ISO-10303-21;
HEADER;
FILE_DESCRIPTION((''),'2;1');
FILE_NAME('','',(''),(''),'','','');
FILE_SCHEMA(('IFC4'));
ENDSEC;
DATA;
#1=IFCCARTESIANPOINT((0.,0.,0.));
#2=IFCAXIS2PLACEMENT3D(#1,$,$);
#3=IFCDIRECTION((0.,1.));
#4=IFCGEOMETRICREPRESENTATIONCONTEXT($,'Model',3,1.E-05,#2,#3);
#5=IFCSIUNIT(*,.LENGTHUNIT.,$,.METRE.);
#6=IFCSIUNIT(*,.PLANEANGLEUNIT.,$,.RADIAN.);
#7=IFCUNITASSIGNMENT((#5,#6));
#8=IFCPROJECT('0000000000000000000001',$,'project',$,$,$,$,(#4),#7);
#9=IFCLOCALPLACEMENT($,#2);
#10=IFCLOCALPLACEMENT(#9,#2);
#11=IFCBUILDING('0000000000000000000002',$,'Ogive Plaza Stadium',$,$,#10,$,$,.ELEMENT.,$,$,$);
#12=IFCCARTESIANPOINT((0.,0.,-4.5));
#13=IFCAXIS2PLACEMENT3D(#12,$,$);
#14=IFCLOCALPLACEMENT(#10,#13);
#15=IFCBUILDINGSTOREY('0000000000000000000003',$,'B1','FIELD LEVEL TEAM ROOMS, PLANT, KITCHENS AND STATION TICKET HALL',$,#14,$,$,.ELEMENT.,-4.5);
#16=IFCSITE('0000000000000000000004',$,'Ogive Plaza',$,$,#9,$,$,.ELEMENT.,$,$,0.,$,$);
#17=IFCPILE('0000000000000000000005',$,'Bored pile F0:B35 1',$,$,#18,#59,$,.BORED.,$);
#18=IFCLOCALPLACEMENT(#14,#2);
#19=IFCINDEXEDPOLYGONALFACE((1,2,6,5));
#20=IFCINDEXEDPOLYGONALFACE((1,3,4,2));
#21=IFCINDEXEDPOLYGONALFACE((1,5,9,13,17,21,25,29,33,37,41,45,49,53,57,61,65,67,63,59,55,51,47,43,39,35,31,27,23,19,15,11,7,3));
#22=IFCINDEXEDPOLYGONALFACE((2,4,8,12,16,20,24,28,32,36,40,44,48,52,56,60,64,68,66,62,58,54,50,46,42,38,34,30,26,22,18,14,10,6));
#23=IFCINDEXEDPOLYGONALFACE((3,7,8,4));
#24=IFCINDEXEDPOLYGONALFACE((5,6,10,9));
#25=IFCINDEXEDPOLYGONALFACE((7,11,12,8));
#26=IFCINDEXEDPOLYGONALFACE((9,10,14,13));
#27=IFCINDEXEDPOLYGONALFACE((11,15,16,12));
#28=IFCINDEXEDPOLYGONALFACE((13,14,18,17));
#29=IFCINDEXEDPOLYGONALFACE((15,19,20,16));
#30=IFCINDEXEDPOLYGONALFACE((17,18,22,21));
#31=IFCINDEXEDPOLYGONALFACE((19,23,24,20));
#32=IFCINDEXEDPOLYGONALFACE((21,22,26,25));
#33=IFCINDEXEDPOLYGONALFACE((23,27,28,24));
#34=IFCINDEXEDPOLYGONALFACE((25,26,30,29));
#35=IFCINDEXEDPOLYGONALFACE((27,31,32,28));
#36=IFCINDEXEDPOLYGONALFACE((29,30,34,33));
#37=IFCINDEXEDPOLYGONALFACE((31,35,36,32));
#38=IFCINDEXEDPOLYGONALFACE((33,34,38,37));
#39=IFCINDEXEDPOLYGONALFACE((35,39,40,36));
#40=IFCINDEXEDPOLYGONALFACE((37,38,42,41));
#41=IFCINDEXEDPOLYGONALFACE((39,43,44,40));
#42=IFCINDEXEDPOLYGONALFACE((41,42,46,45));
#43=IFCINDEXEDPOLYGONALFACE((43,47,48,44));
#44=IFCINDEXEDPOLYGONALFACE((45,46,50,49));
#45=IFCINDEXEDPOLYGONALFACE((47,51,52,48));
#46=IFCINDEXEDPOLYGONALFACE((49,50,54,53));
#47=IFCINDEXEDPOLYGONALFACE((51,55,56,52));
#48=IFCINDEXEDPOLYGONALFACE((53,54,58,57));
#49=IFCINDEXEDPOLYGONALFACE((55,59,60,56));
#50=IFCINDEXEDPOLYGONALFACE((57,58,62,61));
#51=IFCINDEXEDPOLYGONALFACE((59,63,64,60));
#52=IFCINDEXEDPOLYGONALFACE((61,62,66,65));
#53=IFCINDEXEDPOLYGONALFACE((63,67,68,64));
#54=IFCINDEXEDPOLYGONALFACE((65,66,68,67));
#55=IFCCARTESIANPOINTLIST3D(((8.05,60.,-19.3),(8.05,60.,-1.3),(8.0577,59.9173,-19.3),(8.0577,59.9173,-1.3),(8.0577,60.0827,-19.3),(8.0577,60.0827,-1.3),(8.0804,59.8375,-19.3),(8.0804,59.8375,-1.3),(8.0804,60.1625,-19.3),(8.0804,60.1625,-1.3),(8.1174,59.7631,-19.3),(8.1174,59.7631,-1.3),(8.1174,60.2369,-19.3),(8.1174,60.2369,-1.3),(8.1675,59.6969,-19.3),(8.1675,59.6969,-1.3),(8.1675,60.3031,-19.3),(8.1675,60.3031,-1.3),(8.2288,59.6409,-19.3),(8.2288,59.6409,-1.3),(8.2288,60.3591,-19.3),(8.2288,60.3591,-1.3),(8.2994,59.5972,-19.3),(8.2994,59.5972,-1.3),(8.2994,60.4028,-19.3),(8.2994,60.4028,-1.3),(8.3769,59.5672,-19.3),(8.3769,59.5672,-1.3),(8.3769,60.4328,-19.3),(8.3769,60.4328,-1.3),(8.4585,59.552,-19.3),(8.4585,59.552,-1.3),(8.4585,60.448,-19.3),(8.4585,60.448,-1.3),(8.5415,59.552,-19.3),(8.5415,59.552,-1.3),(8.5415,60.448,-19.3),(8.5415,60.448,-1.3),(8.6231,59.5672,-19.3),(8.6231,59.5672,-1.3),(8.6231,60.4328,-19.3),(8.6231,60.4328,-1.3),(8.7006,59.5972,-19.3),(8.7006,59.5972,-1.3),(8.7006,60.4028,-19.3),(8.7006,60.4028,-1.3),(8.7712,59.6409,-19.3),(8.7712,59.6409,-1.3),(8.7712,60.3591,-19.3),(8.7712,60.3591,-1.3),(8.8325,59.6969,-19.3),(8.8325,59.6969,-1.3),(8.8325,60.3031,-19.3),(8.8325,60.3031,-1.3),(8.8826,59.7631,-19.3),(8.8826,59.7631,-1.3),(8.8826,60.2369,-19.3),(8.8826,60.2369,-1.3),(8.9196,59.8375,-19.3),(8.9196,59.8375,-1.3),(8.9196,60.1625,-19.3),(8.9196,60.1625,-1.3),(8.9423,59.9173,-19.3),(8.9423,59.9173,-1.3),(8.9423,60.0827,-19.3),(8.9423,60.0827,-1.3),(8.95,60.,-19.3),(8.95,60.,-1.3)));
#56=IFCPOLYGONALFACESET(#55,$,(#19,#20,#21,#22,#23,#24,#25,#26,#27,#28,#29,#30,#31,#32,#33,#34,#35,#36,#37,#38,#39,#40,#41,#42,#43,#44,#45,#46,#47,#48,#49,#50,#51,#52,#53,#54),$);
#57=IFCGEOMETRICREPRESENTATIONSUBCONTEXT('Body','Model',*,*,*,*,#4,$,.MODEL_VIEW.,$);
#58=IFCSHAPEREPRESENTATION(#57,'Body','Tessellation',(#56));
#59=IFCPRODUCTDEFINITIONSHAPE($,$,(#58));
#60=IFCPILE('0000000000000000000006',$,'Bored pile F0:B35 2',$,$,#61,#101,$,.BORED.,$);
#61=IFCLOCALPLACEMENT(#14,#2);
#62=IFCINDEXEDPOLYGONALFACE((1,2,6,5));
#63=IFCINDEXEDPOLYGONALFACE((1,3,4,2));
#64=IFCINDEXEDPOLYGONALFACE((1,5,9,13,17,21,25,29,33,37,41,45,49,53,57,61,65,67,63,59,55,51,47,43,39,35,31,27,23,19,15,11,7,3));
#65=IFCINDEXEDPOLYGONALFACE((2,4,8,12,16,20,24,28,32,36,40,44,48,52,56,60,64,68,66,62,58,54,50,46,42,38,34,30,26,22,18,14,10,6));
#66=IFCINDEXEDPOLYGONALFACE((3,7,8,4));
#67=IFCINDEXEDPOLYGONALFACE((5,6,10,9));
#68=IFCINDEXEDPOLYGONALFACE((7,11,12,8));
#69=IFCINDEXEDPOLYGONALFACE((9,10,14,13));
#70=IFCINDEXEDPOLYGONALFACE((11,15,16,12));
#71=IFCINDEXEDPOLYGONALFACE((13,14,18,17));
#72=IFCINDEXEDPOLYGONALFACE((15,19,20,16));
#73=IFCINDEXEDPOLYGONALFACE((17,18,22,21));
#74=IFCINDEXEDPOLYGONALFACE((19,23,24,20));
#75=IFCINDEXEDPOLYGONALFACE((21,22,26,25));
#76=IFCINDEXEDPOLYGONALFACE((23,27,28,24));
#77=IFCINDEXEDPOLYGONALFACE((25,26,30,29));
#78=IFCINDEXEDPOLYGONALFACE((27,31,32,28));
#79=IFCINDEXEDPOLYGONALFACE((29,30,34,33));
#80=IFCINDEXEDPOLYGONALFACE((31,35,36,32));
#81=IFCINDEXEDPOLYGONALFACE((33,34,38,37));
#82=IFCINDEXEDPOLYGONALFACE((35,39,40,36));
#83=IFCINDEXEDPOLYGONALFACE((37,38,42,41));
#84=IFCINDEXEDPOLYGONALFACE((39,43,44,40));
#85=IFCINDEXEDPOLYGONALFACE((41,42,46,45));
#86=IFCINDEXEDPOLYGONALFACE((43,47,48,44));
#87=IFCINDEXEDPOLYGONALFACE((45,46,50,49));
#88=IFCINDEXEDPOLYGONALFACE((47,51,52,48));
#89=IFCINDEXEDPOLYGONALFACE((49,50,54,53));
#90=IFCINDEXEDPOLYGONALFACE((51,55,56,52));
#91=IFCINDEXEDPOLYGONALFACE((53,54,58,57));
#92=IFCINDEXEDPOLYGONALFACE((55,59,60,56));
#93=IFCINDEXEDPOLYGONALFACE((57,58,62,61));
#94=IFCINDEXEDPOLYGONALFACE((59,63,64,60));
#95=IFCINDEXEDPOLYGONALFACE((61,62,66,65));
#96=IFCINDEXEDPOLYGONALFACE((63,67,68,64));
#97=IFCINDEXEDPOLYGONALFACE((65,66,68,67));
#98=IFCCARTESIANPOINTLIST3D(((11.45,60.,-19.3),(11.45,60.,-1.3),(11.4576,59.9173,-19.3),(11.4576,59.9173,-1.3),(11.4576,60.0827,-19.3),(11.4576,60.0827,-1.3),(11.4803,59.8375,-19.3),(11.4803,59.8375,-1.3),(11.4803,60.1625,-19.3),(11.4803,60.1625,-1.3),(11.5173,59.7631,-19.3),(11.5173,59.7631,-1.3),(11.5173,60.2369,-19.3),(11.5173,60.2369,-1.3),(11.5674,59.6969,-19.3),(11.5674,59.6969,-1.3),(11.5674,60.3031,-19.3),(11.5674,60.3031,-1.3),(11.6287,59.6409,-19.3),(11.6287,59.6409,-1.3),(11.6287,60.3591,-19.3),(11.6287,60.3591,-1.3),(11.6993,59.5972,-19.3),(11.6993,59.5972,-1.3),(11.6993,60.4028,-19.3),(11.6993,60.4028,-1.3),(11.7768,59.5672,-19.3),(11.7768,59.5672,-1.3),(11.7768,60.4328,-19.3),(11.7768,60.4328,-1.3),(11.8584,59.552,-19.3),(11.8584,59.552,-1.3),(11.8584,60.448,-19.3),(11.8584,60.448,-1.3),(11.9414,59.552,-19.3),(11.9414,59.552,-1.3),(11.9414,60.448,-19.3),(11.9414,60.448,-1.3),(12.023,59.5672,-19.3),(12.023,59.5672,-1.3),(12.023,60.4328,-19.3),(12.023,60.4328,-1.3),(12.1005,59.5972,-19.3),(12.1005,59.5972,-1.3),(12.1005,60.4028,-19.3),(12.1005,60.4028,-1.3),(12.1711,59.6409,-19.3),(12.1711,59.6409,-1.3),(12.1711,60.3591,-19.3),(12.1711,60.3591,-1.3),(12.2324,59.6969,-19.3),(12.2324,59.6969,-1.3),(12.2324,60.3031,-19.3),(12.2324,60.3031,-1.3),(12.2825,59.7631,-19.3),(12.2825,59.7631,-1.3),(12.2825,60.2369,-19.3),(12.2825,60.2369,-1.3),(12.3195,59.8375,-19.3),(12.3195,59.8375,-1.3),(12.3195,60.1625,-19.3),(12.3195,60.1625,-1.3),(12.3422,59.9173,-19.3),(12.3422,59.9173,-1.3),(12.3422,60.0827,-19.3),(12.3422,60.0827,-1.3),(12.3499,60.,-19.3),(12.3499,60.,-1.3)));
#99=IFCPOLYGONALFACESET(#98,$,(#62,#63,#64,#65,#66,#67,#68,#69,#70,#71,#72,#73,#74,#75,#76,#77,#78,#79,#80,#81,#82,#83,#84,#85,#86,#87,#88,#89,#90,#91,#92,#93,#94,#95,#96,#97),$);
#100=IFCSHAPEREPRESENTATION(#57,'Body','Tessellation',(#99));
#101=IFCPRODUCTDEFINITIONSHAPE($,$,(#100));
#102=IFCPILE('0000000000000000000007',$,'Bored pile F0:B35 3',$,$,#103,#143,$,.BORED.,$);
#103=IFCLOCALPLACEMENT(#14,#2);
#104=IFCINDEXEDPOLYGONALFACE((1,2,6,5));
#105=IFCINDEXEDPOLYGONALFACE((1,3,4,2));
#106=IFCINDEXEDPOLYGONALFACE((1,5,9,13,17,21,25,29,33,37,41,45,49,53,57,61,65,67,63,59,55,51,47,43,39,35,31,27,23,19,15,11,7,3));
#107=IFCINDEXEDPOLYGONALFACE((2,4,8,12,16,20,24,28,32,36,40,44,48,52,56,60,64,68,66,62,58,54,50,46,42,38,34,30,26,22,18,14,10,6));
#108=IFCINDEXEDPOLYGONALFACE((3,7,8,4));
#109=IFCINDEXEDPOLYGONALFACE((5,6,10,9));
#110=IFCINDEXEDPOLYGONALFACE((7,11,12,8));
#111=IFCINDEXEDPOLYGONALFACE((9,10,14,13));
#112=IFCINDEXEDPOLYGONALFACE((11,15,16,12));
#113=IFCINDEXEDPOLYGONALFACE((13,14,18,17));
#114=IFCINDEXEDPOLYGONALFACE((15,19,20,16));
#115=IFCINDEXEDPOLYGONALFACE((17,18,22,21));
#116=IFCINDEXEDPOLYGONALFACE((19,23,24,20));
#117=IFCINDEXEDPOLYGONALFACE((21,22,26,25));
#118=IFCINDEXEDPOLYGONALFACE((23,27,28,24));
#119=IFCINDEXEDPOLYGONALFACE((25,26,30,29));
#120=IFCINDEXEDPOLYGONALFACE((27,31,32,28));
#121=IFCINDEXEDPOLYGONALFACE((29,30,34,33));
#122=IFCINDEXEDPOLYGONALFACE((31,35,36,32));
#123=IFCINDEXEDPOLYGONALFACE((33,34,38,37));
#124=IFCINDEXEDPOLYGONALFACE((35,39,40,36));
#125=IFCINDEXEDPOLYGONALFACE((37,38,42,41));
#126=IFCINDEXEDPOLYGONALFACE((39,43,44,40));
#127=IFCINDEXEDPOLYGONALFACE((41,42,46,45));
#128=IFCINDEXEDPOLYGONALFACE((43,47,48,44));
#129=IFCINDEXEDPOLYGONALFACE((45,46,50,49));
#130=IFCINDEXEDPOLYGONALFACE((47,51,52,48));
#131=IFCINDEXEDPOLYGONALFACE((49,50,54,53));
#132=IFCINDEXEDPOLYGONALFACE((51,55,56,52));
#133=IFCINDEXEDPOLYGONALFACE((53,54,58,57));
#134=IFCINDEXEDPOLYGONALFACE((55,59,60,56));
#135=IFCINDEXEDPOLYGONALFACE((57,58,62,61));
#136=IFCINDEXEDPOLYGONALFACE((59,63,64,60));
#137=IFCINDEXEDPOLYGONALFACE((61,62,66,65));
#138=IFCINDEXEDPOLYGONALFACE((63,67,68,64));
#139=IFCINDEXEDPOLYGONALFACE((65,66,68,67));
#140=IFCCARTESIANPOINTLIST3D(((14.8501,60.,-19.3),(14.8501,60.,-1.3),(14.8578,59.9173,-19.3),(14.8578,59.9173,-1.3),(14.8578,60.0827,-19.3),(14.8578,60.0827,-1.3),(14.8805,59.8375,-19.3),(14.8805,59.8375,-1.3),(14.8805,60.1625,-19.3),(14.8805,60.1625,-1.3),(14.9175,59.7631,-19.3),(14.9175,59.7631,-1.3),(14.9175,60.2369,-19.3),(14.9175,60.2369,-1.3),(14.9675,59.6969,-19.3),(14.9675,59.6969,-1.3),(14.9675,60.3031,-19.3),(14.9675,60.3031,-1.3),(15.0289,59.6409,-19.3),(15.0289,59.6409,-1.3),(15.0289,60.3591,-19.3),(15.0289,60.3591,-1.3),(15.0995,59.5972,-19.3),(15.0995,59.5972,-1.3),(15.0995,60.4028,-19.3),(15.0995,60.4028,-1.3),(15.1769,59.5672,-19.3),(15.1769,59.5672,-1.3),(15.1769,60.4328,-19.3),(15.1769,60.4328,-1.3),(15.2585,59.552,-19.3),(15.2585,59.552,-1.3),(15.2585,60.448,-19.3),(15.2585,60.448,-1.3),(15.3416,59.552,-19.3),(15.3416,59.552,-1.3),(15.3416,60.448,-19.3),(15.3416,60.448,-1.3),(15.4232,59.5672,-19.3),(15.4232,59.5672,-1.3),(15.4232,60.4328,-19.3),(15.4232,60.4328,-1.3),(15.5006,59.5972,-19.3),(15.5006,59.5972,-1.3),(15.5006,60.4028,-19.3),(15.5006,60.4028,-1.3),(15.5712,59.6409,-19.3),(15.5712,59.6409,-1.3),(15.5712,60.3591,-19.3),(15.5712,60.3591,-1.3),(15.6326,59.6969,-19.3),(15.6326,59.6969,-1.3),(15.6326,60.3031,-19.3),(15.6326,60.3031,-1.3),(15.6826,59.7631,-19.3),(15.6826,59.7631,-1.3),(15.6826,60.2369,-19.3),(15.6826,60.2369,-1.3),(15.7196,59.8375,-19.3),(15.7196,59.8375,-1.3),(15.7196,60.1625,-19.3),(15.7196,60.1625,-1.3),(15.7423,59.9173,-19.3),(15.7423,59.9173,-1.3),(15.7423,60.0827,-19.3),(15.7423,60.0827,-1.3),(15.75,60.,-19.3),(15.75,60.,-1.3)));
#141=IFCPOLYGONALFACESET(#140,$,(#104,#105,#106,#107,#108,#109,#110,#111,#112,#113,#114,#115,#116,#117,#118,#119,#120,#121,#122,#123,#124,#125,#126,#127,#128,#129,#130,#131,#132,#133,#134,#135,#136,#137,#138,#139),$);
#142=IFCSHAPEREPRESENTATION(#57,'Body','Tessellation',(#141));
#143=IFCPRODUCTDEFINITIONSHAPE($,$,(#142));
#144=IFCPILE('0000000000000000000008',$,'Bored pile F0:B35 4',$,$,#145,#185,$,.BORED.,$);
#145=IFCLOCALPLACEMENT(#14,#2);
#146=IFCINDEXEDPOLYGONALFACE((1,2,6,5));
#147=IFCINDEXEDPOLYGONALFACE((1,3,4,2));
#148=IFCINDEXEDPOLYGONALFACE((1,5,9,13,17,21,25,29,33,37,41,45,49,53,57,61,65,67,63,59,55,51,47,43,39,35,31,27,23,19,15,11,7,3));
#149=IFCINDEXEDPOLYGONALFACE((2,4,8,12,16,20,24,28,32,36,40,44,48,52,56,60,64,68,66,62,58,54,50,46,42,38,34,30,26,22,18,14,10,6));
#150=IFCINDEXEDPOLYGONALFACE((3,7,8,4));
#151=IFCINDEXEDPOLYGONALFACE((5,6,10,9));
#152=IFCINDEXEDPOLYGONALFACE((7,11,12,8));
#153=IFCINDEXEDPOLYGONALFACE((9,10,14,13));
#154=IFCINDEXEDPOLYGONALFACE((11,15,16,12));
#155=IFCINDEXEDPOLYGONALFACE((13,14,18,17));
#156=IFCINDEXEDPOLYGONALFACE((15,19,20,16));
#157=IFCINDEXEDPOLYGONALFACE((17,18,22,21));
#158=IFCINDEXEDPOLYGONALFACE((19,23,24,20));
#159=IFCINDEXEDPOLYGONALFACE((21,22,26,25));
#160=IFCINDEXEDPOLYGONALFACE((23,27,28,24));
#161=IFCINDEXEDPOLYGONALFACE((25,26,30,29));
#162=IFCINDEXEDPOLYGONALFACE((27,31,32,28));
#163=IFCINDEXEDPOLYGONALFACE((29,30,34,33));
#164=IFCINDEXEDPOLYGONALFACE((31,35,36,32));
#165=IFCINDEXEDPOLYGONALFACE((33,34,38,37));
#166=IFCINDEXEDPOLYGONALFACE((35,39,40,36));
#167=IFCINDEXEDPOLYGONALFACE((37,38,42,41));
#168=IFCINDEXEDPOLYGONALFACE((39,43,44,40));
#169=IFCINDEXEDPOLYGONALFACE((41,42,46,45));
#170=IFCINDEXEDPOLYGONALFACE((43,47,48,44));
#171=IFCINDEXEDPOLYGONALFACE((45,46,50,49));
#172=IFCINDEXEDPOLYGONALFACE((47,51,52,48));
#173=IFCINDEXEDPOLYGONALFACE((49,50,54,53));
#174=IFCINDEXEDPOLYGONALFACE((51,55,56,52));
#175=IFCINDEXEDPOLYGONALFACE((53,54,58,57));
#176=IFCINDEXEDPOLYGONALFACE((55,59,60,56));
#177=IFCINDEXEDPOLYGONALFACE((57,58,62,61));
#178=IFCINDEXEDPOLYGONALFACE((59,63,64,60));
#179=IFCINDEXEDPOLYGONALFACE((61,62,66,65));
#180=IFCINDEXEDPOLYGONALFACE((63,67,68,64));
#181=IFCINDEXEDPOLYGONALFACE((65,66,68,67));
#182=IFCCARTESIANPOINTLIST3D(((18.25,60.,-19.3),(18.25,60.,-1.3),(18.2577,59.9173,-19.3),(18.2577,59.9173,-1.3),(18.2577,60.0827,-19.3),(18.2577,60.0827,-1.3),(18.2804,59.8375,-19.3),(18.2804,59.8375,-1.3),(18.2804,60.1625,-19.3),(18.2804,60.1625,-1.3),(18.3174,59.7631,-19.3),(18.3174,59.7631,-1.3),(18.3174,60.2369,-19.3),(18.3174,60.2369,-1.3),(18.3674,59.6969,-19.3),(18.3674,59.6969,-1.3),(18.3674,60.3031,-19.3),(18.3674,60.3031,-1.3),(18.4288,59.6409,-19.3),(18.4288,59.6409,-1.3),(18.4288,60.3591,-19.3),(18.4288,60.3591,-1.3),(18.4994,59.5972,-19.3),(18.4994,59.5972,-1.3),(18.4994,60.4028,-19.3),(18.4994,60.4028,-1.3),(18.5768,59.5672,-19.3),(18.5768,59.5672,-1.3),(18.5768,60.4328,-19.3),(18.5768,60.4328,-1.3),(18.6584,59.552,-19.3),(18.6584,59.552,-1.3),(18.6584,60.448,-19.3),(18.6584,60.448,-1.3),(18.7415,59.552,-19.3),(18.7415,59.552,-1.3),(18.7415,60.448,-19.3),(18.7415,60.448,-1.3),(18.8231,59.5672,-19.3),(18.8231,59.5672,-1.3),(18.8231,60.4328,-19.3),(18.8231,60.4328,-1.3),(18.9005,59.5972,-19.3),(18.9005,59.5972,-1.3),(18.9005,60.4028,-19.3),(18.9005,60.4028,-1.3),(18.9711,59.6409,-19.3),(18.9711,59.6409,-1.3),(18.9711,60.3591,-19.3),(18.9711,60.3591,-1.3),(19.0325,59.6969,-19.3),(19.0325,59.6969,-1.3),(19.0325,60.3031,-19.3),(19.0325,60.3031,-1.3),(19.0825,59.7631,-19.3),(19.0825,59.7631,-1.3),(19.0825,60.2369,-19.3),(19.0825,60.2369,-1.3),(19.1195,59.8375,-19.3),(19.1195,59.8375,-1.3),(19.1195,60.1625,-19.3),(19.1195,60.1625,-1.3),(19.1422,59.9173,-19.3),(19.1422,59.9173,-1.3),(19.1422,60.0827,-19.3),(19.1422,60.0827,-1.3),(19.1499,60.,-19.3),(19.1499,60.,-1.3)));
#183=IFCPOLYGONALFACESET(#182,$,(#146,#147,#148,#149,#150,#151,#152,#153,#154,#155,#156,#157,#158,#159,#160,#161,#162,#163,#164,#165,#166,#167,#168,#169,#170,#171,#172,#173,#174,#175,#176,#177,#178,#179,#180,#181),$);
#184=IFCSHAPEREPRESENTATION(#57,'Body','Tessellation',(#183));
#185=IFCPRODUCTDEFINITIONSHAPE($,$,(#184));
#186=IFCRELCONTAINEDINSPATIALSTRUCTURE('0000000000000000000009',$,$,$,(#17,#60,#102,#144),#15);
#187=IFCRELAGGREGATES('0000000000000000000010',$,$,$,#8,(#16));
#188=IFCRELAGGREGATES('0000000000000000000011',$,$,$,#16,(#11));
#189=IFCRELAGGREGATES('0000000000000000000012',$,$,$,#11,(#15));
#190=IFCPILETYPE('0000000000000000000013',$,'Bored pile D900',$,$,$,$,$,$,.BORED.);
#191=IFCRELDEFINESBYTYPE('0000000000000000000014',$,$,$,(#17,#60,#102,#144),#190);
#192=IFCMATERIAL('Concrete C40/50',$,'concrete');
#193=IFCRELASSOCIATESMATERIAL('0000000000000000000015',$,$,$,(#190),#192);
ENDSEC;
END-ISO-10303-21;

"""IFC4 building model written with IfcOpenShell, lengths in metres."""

from ifc_helpers import new_model, si_unit, direction, frame, origin, origin_2d, place, context, subcontext, project, spatial, circle, extrude, material, material_profile, profile_set, type_object, element, save


model = new_model("IFC4")

# Units and contexts
model_context = context("Model", 3, precision=1e-05, world=origin(), true_north=direction((0.0, 1.0)))
body_context = subcontext(model_context, "Body", "Model", "MODEL_VIEW")
ifc_project = project(units=[si_unit("LENGTHUNIT", "METRE"), si_unit("PLANEANGLEUNIT", "RADIAN")], contexts=[model_context])

# Site, building, storey
site_placement = place(None, origin())
site = spatial("IfcSite", under=ifc_project, at=site_placement, Name="Ogive Plaza", CompositionType="ELEMENT", RefElevation=0.0)
building_placement = place(site_placement, origin())
building = spatial("IfcBuilding", under=site, at=building_placement, Name="Ogive Plaza Stadium", CompositionType="ELEMENT")
storey_placement = place(building_placement, frame((0.0, 0.0, -4.5)))
storey = spatial("IfcBuildingStorey", under=building, at=storey_placement, Name="B1", Description="FIELD LEVEL TEAM ROOMS, PLANT, KITCHENS AND STATION TICKET HALL", CompositionType="ELEMENT", Elevation=-4.5)

# Piles
ifc_material_1 = material(Name="Concrete C40/50", Category="concrete")
ifc_material_profile_1 = material_profile(ifc_material_1, circle(Radius=0.45, at=origin_2d()), Name="RC D900")
ifc_profile_set_1 = profile_set([ifc_material_profile_1], Name="Concrete C40/50")
pile_type = type_object("IfcPileType", Name="Bored pile D900", PredefinedType="BORED", material=ifc_profile_set_1)
for number, where, z_axis, x_axis, name in (
    (1, (8.5, 60.0, -1.3), (0.0, 0.0, -1.0), (1.0, 0.0, 0.0), "Bored pile F0:B35 1"),
    (2, (11.8999, 60.0, -1.3), (0.0, 0.0, -1.0), (1.0, 0.0, 0.0), "Bored pile F0:B35 2"),
    (3, (15.3, 60.0, -1.3), (0.0, 0.0, -1.0), (1.0, 0.0, 0.0), "Bored pile F0:B35 3"),
    (4, (18.7, 60.0, -1.3), (0.0, 0.0, -1.0), (1.0, 0.0, 0.0), "Bored pile F0:B35 4"),
):
    element("IfcPile", number, at=place(storey_placement, frame(where, z_axis=z_axis, x_axis=x_axis)), inside=storey, type_object=pile_type, Name=name, PredefinedType="BORED", context=body_context, shape_type="SweptSolid", body=[
        extrude(circle(Radius=0.45, at=origin_2d()), origin(), (0.0, 0.0, 1.0), 18.0),
    ])

save(model, "model.ifc")
